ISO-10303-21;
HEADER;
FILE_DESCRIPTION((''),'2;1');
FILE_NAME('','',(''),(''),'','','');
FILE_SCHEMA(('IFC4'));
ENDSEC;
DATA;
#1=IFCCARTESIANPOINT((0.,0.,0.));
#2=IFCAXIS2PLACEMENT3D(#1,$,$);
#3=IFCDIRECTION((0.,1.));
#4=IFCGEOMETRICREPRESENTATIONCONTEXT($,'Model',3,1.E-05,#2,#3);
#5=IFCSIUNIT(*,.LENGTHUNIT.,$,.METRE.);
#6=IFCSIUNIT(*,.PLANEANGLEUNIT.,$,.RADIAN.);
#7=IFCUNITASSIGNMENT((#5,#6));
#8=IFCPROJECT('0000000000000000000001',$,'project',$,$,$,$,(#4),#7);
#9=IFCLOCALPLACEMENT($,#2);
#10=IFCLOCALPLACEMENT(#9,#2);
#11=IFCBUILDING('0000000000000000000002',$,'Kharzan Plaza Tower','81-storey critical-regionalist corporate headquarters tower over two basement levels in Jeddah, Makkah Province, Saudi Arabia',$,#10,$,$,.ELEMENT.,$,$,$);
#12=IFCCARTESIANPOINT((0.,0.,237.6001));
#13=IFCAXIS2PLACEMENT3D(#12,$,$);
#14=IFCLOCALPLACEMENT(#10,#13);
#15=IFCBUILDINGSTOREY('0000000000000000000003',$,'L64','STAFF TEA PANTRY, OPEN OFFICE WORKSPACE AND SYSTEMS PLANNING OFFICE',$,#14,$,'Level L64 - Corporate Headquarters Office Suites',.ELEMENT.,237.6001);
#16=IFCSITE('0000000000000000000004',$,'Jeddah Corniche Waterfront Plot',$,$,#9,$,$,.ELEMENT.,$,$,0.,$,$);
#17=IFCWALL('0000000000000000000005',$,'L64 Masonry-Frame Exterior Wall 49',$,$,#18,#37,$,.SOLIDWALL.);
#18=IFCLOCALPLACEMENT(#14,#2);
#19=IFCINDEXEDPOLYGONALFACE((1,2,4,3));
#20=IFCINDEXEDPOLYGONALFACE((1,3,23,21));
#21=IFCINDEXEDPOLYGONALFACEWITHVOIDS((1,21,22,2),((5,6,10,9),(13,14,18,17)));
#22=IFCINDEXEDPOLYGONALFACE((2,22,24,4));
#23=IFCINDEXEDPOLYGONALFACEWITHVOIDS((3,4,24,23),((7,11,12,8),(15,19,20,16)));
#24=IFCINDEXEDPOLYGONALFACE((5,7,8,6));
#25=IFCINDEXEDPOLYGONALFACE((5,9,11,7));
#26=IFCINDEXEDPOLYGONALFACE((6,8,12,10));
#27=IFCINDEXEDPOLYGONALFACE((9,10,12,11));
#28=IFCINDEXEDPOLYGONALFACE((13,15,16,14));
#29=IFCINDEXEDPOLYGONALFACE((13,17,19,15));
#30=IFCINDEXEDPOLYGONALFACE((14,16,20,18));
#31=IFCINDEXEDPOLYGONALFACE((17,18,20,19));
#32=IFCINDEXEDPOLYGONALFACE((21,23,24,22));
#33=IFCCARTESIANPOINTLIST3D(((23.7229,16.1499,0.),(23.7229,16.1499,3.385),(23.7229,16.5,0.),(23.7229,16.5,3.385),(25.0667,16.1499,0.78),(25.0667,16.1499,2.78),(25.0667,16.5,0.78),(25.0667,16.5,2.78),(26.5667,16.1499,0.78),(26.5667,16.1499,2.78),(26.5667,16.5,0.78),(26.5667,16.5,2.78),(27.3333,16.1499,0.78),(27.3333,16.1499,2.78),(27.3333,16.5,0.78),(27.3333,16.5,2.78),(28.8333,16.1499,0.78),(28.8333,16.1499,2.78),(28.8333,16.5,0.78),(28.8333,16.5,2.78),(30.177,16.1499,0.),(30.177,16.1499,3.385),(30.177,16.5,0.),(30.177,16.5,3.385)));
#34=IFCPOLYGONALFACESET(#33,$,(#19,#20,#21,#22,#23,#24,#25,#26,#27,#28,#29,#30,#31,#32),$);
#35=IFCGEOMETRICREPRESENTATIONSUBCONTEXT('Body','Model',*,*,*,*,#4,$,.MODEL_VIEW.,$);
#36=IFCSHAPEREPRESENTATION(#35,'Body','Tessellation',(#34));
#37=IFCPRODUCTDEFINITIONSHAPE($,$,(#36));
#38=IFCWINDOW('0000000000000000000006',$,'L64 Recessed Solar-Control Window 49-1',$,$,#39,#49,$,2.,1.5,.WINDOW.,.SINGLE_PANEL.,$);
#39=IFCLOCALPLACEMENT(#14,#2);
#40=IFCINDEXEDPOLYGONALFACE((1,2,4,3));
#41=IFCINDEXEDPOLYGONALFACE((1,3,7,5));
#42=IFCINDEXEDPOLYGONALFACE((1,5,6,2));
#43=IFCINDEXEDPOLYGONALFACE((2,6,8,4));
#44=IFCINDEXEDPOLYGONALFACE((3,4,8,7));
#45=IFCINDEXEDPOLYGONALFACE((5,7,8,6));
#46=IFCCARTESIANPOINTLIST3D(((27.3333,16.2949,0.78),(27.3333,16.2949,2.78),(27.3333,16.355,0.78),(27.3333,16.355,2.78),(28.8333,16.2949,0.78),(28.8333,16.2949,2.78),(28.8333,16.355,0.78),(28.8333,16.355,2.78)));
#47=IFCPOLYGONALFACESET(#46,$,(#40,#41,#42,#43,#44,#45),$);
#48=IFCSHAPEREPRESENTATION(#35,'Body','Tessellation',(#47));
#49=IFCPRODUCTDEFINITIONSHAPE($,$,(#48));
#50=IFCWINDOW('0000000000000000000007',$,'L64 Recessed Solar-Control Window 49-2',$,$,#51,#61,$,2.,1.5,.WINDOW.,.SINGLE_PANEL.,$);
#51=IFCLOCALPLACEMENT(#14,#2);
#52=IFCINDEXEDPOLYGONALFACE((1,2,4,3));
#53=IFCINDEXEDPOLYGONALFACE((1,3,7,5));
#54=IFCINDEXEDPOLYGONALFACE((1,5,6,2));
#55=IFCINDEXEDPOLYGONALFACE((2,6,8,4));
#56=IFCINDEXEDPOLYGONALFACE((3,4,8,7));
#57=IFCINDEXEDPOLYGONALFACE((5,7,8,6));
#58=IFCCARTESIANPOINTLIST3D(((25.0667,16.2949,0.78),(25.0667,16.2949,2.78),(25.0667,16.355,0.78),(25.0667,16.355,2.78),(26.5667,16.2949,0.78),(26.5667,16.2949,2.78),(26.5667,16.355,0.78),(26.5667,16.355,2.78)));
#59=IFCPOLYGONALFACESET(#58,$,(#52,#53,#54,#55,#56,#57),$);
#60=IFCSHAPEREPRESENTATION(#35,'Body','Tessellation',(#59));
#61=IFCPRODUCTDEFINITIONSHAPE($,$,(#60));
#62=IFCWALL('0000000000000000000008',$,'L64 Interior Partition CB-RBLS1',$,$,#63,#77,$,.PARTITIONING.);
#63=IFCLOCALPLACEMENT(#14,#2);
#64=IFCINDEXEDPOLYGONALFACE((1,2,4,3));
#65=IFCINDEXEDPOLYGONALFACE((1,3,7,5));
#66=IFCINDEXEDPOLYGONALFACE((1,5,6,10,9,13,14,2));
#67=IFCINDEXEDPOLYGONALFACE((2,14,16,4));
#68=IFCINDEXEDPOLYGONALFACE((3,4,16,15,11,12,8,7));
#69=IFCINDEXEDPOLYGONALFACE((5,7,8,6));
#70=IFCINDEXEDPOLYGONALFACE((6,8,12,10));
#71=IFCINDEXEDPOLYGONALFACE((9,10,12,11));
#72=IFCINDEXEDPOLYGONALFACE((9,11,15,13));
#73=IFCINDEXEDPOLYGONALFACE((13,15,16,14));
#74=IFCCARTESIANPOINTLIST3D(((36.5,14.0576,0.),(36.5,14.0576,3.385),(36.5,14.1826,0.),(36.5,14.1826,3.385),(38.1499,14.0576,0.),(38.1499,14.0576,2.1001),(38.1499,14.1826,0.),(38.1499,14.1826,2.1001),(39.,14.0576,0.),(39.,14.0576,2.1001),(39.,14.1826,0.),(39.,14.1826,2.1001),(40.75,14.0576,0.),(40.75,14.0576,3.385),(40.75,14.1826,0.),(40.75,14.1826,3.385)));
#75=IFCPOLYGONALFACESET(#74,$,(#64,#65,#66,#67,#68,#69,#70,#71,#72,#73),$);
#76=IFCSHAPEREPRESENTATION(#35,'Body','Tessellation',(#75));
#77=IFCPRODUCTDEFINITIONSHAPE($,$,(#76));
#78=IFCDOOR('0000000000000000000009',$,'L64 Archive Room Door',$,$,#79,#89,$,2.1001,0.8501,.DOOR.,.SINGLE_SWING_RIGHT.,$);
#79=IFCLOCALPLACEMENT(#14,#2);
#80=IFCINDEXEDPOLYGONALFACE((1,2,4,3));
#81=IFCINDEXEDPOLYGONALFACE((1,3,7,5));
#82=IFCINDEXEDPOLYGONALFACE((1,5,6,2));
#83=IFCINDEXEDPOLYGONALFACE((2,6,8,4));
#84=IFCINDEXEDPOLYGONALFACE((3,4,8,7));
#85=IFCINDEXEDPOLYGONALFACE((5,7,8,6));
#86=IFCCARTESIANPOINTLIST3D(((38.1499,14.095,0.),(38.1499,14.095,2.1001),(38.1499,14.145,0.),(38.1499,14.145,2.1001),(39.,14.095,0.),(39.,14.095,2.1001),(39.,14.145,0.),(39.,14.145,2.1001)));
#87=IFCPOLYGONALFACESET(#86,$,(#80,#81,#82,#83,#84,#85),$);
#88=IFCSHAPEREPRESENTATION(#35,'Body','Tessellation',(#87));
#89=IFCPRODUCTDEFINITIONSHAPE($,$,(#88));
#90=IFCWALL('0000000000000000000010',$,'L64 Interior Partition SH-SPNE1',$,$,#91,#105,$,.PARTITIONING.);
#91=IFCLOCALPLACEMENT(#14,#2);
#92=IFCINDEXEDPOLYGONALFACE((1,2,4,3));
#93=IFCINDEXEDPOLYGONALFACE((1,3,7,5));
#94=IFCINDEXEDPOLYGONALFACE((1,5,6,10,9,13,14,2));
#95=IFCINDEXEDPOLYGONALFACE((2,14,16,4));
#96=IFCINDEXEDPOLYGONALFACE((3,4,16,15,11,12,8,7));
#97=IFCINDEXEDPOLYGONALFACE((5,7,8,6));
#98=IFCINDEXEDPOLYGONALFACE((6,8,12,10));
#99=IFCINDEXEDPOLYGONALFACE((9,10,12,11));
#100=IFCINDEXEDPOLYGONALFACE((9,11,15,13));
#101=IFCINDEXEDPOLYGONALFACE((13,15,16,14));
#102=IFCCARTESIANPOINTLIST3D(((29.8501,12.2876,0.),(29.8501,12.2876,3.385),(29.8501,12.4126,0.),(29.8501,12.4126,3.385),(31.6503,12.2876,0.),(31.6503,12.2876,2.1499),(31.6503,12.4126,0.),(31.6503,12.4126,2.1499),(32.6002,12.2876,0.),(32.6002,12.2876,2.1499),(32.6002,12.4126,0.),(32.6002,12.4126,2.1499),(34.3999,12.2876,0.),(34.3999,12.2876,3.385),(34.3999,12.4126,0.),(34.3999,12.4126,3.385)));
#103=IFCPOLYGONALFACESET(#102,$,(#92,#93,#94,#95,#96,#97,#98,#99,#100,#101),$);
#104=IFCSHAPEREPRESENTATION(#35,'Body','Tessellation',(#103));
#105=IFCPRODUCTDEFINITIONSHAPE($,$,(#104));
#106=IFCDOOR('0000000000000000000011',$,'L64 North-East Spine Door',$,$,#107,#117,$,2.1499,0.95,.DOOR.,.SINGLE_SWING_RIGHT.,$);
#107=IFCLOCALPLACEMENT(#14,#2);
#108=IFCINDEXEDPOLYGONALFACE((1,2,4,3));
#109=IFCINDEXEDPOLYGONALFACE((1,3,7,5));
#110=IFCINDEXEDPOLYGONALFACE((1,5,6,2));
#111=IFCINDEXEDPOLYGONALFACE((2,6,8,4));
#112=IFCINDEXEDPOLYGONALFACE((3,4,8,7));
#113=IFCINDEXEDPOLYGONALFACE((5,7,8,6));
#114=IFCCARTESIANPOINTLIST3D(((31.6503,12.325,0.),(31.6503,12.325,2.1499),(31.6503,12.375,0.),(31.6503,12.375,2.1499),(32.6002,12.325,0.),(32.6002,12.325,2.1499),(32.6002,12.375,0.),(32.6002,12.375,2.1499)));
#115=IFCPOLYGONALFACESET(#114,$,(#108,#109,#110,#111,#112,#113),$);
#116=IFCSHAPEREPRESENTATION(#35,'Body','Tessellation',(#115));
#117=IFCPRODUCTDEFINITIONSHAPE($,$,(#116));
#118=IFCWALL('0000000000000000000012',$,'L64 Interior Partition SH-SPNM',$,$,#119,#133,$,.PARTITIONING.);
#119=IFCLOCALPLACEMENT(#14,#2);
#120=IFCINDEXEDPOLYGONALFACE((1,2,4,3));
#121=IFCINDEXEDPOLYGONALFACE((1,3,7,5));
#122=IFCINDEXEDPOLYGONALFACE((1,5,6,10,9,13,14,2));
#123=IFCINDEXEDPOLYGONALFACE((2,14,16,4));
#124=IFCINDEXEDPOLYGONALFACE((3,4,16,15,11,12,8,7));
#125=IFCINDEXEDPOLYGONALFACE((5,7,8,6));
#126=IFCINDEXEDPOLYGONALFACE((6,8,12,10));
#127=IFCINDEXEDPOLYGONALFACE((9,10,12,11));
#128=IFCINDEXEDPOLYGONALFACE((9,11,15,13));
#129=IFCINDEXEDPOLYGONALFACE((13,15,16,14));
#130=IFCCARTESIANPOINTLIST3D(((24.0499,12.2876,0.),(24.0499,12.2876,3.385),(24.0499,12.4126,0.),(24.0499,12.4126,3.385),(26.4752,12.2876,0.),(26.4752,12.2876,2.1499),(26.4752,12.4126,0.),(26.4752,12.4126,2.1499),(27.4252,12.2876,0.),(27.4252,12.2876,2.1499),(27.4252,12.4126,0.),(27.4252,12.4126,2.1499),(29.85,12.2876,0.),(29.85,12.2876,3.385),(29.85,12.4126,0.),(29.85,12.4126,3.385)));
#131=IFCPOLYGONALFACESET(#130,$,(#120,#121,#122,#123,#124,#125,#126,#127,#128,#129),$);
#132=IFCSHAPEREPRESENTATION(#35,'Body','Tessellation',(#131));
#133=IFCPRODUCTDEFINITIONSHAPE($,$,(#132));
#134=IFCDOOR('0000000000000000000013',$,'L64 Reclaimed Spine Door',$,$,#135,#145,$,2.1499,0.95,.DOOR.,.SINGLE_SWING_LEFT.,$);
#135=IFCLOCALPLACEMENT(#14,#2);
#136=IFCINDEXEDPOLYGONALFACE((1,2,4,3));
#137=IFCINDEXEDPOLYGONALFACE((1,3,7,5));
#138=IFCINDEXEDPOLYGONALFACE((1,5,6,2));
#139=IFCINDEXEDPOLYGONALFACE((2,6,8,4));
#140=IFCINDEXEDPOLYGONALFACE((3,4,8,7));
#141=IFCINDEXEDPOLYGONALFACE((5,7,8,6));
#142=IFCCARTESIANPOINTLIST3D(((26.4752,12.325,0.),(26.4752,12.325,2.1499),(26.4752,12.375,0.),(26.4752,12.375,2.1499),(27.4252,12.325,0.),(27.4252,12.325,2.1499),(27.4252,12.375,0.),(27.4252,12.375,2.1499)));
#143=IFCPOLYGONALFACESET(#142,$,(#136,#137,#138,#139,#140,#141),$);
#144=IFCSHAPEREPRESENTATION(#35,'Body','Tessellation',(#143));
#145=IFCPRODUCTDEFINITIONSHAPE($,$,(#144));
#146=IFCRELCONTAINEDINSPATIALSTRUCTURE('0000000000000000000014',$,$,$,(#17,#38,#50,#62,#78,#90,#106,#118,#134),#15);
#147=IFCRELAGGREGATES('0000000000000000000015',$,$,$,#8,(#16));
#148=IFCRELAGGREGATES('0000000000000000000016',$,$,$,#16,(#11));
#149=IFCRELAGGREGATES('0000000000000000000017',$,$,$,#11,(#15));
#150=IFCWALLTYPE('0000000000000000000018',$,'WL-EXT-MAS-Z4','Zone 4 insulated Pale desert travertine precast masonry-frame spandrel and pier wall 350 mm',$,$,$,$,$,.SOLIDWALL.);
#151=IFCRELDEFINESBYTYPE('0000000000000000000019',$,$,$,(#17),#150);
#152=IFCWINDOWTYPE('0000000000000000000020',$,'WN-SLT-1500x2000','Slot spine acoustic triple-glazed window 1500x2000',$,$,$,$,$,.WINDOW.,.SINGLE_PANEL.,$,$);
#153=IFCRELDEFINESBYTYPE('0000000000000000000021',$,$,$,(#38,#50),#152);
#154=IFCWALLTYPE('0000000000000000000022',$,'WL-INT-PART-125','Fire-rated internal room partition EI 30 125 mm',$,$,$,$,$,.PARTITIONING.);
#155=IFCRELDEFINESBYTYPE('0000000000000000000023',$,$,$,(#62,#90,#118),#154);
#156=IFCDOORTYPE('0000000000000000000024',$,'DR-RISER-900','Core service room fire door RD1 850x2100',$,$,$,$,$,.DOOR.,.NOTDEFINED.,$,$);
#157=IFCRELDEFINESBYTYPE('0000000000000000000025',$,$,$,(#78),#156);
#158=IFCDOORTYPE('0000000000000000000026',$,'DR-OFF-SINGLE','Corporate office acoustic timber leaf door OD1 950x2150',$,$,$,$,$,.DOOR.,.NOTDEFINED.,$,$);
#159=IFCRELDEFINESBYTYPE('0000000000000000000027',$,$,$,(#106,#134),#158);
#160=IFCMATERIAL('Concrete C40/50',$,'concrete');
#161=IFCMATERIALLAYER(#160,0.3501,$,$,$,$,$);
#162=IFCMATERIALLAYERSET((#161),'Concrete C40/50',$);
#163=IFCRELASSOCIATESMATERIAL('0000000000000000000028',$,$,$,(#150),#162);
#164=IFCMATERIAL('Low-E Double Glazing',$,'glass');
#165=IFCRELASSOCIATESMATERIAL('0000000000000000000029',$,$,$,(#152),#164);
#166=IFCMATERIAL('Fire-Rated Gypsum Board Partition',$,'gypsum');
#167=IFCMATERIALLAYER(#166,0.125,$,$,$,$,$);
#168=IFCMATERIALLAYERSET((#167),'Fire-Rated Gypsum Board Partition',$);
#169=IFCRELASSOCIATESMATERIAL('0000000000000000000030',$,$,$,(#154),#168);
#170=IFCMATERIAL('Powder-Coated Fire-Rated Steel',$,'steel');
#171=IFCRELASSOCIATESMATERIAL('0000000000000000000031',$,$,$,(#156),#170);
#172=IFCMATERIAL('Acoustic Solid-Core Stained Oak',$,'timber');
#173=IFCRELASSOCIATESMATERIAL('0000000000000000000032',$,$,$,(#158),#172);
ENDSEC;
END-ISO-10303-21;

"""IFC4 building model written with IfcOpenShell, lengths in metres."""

from ifc_helpers import new_model, si_unit, direction, frame, frame_2d, origin, place, context, subcontext, project, spatial, rectangle, extrude, source, transform, mapped, material, layer, layer_set, type_object, element, fill, save


model = new_model("IFC4")

# Units and contexts
model_context = context("Model", 3, precision=1e-05, world=origin(), true_north=direction((0.0, 1.0)))
body_context = subcontext(model_context, "Body", "Model", "MODEL_VIEW")
ifc_project = project(units=[si_unit("LENGTHUNIT", "METRE"), si_unit("PLANEANGLEUNIT", "RADIAN")], contexts=[model_context])

# Site, building, storey
site_placement = place(None, origin())
site = spatial("IfcSite", under=ifc_project, at=site_placement, Name="Jeddah Corniche Waterfront Plot", CompositionType="ELEMENT", RefElevation=0.0)
building_placement = place(site_placement, origin())
building = spatial("IfcBuilding", under=site, at=building_placement, Name="Kharzan Plaza Tower", Description="81-storey critical-regionalist corporate headquarters tower over two basement levels in Jeddah, Makkah Province, Saudi Arabia", CompositionType="ELEMENT")
storey_placement = place(building_placement, frame((0.0, 0.0, 237.6001)))
storey = spatial("IfcBuildingStorey", under=building, at=storey_placement, Name="L64", Description="STAFF TEA PANTRY, OPEN OFFICE WORKSPACE AND SYSTEMS PLANNING OFFICE", LongName="Level L64 - Corporate Headquarters Office Suites", CompositionType="ELEMENT", Elevation=237.6001)

# Shared definitions
ifc_material_1 = material(Name="Concrete C40/50", Category="concrete")
ifc_layer_1 = layer(ifc_material_1, 0.3501)
ifc_layer_set_1 = layer_set([ifc_layer_1], Name="Concrete C40/50")
wall_type_1 = type_object("IfcWallType", Name="WL-EXT-MAS-Z4", Description="Zone 4 insulated Pale desert travertine precast masonry-frame spandrel and pier wall 350 mm", PredefinedType="SOLIDWALL", material=ifc_layer_set_1)
ifc_material_2 = material(Name="Low-E Double Glazing", Category="glass")
window_type = type_object("IfcWindowType", Name="WN-SLT-1500x2000", Description="Slot spine acoustic triple-glazed window 1500x2000", PartitioningType="SINGLE_PANEL", PredefinedType="WINDOW", material=ifc_material_2)
shared_shape_1 = source(origin(), body_context, "Body", "SweptSolid", [
    extrude(rectangle(XDim=1.5, YDim=2.0, at=frame_2d((0.75, 1.0))), frame((0.0, 0.03, 0.0), z_axis=(0.0, -1.0, 0.0), x_axis=(1.0, 0.0, 0.0)), (0.0, 0.0, 1.0), 0.0601),
])

# Wall, openings, windows
wall_1_placement = place(storey_placement, frame((30.177, 16.325, 0.0), z_axis=(0.0, 0.0, 1.0), x_axis=(-1.0, 0.0, 0.0)))
wall_1 = element("IfcWall", 1, at=wall_1_placement, inside=storey, type_object=wall_type_1, Name="L64 Masonry-Frame Exterior Wall 49", PredefinedType="SOLIDWALL", context=body_context, shape_type="SweptSolid", body=[
    extrude(rectangle(XDim=6.4541, YDim=0.3501, at=frame_2d((3.2271, 0.0))), origin(), (0.0, 0.0, 1.0), 3.385),
])
opening_1_placement = place(wall_1_placement, frame((1.3438, 0.0, 0.78)))
opening_1 = element("IfcOpeningElement", 2, at=opening_1_placement, cuts=wall_1, PredefinedType="OPENING", context=body_context, shape_type="SweptSolid", body=[
    extrude(rectangle(XDim=1.5, YDim=2.0, at=frame_2d((0.75, 1.0))), frame((0.0, 0.1851, 0.0), z_axis=(0.0, -1.0, 0.0), x_axis=(1.0, 0.0, 0.0)), (0.0, 0.0, 1.0), 0.3701),
])
opening_2_placement = place(wall_1_placement, frame((3.6104, 0.0, 0.78)))
opening_2 = element("IfcOpeningElement", 3, at=opening_2_placement, cuts=wall_1, PredefinedType="OPENING", context=body_context, shape_type="SweptSolid", body=[
    extrude(rectangle(XDim=1.5, YDim=2.0, at=frame_2d((0.75, 1.0))), frame((0.0, 0.1851, 0.0), z_axis=(0.0, -1.0, 0.0), x_axis=(1.0, 0.0, 0.0)), (0.0, 0.0, 1.0), 0.3701),
])
window_1_placement = place(opening_1_placement, origin())
window_1 = element("IfcWindow", 4, at=window_1_placement, inside=storey, type_object=window_type, Name="L64 Recessed Solar-Control Window 49-1", OverallHeight=2.0, OverallWidth=1.5, PartitioningType="SINGLE_PANEL", PredefinedType="WINDOW", context=body_context, shape_type="MappedRepresentation", body=[
    mapped(shared_shape_1, transform((0.0, 0.0, 0.0), x_axis=(1.0, 0.0, 0.0), y_axis=(0.0, 1.0, 0.0), z_axis=(0.0, 0.0, 1.0))),
])
fill(opening_1, window_1)
window_2_placement = place(opening_2_placement, origin())
window_2 = element("IfcWindow", 5, at=window_2_placement, inside=storey, type_object=window_type, Name="L64 Recessed Solar-Control Window 49-2", OverallHeight=2.0, OverallWidth=1.5, PartitioningType="SINGLE_PANEL", PredefinedType="WINDOW", context=body_context, shape_type="MappedRepresentation", body=[
    mapped(shared_shape_1, transform((0.0, 0.0, 0.0), x_axis=(1.0, 0.0, 0.0), y_axis=(0.0, 1.0, 0.0), z_axis=(0.0, 0.0, 1.0))),
])
fill(opening_2, window_2)

# Walls, openings, doors
ifc_material_3 = material(Name="Fire-Rated Gypsum Board Partition", Category="gypsum")
ifc_layer_2 = layer(ifc_material_3, 0.125)
ifc_layer_set_2 = layer_set([ifc_layer_2], Name="Fire-Rated Gypsum Board Partition")
wall_type_2 = type_object("IfcWallType", Name="WL-INT-PART-125", Description="Fire-rated internal room partition EI 30 125 mm", PredefinedType="PARTITIONING", material=ifc_layer_set_2)
wall_2_placement = place(storey_placement, frame((36.5, 14.1201, 0.0), z_axis=(0.0, 0.0, 1.0), x_axis=(1.0, 0.0, 0.0)))
wall_2 = element("IfcWall", 6, at=wall_2_placement, inside=storey, type_object=wall_type_2, Name="L64 Interior Partition CB-RBLS1", PredefinedType="PARTITIONING", context=body_context, shape_type="SweptSolid", body=[
    extrude(rectangle(XDim=4.25, YDim=0.125, at=frame_2d((2.125, 0.0))), origin(), (0.0, 0.0, 1.0), 3.385),
])
opening_3_placement = place(wall_2_placement, frame((1.6499, 0.0, 0.0)))
opening_3 = element("IfcOpeningElement", 7, at=opening_3_placement, cuts=wall_2, PredefinedType="OPENING", context=body_context, shape_type="SweptSolid", body=[
    extrude(rectangle(XDim=0.8501, YDim=2.1001, at=frame_2d((0.425, 1.05))), frame((0.0, 0.0725, 0.0), z_axis=(0.0, -1.0, 0.0), x_axis=(1.0, 0.0, 0.0)), (0.0, 0.0, 1.0), 0.145),
])
ifc_material_4 = material(Name="Powder-Coated Fire-Rated Steel", Category="steel")
door_type_1 = type_object("IfcDoorType", Name="DR-RISER-900", Description="Core service room fire door RD1 850x2100", OperationType="NOTDEFINED", PredefinedType="DOOR", material=ifc_material_4)
shared_shape_2 = source(origin(), body_context, "Body", "SweptSolid", [
    extrude(rectangle(XDim=0.8501, YDim=2.1001, at=frame_2d((0.425, 1.05))), frame((0.0, 0.0249, 0.0), z_axis=(0.0, -1.0, 0.0), x_axis=(1.0, 0.0, 0.0)), (0.0, 0.0, 1.0), 0.05),
])
door_1_placement = place(opening_3_placement, origin())
door_1 = element("IfcDoor", 8, at=door_1_placement, inside=storey, type_object=door_type_1, Name="L64 Archive Room Door", OperationType="SINGLE_SWING_RIGHT", OverallHeight=2.1001, OverallWidth=0.8501, PredefinedType="DOOR", context=body_context, shape_type="MappedRepresentation", body=[
    mapped(shared_shape_2, transform((0.0, 0.0, 0.0), x_axis=(1.0, 0.0, 0.0), y_axis=(0.0, 1.0, 0.0), z_axis=(0.0, 0.0, 1.0))),
])
fill(opening_3, door_1)
wall_3_placement = place(storey_placement, frame((29.8501, 12.3501, 0.0), z_axis=(0.0, 0.0, 1.0), x_axis=(1.0, 0.0, 0.0)))
wall_3 = element("IfcWall", 9, at=wall_3_placement, inside=storey, type_object=wall_type_2, Name="L64 Interior Partition SH-SPNE1", PredefinedType="PARTITIONING", context=body_context, shape_type="SweptSolid", body=[
    extrude(rectangle(XDim=4.5498, YDim=0.125, at=frame_2d((2.2749, 0.0))), origin(), (0.0, 0.0, 1.0), 3.385),
])
opening_4_placement = place(wall_3_placement, frame((1.8, 0.0, 0.0)))
opening_4 = element("IfcOpeningElement", 10, at=opening_4_placement, cuts=wall_3, PredefinedType="OPENING", context=body_context, shape_type="SweptSolid", body=[
    extrude(rectangle(XDim=0.95, YDim=2.1499, at=frame_2d((0.4751, 1.075))), frame((0.0, 0.0725, 0.0), z_axis=(0.0, -1.0, 0.0), x_axis=(1.0, 0.0, 0.0)), (0.0, 0.0, 1.0), 0.145),
])
ifc_material_5 = material(Name="Acoustic Solid-Core Stained Oak", Category="timber")
door_type_2 = type_object("IfcDoorType", Name="DR-OFF-SINGLE", Description="Corporate office acoustic timber leaf door OD1 950x2150", OperationType="NOTDEFINED", PredefinedType="DOOR", material=ifc_material_5)
shared_shape_3 = source(origin(), body_context, "Body", "SweptSolid", [
    extrude(rectangle(XDim=0.95, YDim=2.1499, at=frame_2d((0.4751, 1.075))), frame((0.0, 0.0249, 0.0), z_axis=(0.0, -1.0, 0.0), x_axis=(1.0, 0.0, 0.0)), (0.0, 0.0, 1.0), 0.05),
])
door_2_placement = place(opening_4_placement, origin())
door_2 = element("IfcDoor", 11, at=door_2_placement, inside=storey, type_object=door_type_2, Name="L64 North-East Spine Door", OperationType="SINGLE_SWING_RIGHT", OverallHeight=2.1499, OverallWidth=0.95, PredefinedType="DOOR", context=body_context, shape_type="MappedRepresentation", body=[
    mapped(shared_shape_3, transform((0.0, 0.0, 0.0), x_axis=(1.0, 0.0, 0.0), y_axis=(0.0, 1.0, 0.0), z_axis=(0.0, 0.0, 1.0))),
])
fill(opening_4, door_2)
wall_4_placement = place(storey_placement, frame((24.05, 12.3501, 0.0), z_axis=(0.0, 0.0, 1.0), x_axis=(1.0, 0.0, 0.0)))
wall_4 = element("IfcWall", 12, at=wall_4_placement, inside=storey, type_object=wall_type_2, Name="L64 Interior Partition SH-SPNM", PredefinedType="PARTITIONING", context=body_context, shape_type="SweptSolid", body=[
    extrude(rectangle(XDim=5.8, YDim=0.125, at=frame_2d((2.8999, 0.0))), origin(), (0.0, 0.0, 1.0), 3.385),
])
opening_5_placement = place(wall_4_placement, frame((2.425, 0.0, 0.0)))
opening_5 = element("IfcOpeningElement", 13, at=opening_5_placement, cuts=wall_4, PredefinedType="OPENING", context=body_context, shape_type="SweptSolid", body=[
    extrude(rectangle(XDim=0.95, YDim=2.1499, at=frame_2d((0.4751, 1.075))), frame((0.0, 0.0725, 0.0), z_axis=(0.0, -1.0, 0.0), x_axis=(1.0, 0.0, 0.0)), (0.0, 0.0, 1.0), 0.145),
])
door_3_placement = place(opening_5_placement, origin())
door_3 = element("IfcDoor", 14, at=door_3_placement, inside=storey, type_object=door_type_2, Name="L64 Reclaimed Spine Door", OperationType="SINGLE_SWING_LEFT", OverallHeight=2.1499, OverallWidth=0.95, PredefinedType="DOOR", context=body_context, shape_type="MappedRepresentation", body=[
    mapped(shared_shape_3, transform((0.0, 0.0, 0.0), x_axis=(1.0, 0.0, 0.0), y_axis=(0.0, 1.0, 0.0), z_axis=(0.0, 0.0, 1.0))),
])
fill(opening_5, door_3)

save(model, "model.ifc")
